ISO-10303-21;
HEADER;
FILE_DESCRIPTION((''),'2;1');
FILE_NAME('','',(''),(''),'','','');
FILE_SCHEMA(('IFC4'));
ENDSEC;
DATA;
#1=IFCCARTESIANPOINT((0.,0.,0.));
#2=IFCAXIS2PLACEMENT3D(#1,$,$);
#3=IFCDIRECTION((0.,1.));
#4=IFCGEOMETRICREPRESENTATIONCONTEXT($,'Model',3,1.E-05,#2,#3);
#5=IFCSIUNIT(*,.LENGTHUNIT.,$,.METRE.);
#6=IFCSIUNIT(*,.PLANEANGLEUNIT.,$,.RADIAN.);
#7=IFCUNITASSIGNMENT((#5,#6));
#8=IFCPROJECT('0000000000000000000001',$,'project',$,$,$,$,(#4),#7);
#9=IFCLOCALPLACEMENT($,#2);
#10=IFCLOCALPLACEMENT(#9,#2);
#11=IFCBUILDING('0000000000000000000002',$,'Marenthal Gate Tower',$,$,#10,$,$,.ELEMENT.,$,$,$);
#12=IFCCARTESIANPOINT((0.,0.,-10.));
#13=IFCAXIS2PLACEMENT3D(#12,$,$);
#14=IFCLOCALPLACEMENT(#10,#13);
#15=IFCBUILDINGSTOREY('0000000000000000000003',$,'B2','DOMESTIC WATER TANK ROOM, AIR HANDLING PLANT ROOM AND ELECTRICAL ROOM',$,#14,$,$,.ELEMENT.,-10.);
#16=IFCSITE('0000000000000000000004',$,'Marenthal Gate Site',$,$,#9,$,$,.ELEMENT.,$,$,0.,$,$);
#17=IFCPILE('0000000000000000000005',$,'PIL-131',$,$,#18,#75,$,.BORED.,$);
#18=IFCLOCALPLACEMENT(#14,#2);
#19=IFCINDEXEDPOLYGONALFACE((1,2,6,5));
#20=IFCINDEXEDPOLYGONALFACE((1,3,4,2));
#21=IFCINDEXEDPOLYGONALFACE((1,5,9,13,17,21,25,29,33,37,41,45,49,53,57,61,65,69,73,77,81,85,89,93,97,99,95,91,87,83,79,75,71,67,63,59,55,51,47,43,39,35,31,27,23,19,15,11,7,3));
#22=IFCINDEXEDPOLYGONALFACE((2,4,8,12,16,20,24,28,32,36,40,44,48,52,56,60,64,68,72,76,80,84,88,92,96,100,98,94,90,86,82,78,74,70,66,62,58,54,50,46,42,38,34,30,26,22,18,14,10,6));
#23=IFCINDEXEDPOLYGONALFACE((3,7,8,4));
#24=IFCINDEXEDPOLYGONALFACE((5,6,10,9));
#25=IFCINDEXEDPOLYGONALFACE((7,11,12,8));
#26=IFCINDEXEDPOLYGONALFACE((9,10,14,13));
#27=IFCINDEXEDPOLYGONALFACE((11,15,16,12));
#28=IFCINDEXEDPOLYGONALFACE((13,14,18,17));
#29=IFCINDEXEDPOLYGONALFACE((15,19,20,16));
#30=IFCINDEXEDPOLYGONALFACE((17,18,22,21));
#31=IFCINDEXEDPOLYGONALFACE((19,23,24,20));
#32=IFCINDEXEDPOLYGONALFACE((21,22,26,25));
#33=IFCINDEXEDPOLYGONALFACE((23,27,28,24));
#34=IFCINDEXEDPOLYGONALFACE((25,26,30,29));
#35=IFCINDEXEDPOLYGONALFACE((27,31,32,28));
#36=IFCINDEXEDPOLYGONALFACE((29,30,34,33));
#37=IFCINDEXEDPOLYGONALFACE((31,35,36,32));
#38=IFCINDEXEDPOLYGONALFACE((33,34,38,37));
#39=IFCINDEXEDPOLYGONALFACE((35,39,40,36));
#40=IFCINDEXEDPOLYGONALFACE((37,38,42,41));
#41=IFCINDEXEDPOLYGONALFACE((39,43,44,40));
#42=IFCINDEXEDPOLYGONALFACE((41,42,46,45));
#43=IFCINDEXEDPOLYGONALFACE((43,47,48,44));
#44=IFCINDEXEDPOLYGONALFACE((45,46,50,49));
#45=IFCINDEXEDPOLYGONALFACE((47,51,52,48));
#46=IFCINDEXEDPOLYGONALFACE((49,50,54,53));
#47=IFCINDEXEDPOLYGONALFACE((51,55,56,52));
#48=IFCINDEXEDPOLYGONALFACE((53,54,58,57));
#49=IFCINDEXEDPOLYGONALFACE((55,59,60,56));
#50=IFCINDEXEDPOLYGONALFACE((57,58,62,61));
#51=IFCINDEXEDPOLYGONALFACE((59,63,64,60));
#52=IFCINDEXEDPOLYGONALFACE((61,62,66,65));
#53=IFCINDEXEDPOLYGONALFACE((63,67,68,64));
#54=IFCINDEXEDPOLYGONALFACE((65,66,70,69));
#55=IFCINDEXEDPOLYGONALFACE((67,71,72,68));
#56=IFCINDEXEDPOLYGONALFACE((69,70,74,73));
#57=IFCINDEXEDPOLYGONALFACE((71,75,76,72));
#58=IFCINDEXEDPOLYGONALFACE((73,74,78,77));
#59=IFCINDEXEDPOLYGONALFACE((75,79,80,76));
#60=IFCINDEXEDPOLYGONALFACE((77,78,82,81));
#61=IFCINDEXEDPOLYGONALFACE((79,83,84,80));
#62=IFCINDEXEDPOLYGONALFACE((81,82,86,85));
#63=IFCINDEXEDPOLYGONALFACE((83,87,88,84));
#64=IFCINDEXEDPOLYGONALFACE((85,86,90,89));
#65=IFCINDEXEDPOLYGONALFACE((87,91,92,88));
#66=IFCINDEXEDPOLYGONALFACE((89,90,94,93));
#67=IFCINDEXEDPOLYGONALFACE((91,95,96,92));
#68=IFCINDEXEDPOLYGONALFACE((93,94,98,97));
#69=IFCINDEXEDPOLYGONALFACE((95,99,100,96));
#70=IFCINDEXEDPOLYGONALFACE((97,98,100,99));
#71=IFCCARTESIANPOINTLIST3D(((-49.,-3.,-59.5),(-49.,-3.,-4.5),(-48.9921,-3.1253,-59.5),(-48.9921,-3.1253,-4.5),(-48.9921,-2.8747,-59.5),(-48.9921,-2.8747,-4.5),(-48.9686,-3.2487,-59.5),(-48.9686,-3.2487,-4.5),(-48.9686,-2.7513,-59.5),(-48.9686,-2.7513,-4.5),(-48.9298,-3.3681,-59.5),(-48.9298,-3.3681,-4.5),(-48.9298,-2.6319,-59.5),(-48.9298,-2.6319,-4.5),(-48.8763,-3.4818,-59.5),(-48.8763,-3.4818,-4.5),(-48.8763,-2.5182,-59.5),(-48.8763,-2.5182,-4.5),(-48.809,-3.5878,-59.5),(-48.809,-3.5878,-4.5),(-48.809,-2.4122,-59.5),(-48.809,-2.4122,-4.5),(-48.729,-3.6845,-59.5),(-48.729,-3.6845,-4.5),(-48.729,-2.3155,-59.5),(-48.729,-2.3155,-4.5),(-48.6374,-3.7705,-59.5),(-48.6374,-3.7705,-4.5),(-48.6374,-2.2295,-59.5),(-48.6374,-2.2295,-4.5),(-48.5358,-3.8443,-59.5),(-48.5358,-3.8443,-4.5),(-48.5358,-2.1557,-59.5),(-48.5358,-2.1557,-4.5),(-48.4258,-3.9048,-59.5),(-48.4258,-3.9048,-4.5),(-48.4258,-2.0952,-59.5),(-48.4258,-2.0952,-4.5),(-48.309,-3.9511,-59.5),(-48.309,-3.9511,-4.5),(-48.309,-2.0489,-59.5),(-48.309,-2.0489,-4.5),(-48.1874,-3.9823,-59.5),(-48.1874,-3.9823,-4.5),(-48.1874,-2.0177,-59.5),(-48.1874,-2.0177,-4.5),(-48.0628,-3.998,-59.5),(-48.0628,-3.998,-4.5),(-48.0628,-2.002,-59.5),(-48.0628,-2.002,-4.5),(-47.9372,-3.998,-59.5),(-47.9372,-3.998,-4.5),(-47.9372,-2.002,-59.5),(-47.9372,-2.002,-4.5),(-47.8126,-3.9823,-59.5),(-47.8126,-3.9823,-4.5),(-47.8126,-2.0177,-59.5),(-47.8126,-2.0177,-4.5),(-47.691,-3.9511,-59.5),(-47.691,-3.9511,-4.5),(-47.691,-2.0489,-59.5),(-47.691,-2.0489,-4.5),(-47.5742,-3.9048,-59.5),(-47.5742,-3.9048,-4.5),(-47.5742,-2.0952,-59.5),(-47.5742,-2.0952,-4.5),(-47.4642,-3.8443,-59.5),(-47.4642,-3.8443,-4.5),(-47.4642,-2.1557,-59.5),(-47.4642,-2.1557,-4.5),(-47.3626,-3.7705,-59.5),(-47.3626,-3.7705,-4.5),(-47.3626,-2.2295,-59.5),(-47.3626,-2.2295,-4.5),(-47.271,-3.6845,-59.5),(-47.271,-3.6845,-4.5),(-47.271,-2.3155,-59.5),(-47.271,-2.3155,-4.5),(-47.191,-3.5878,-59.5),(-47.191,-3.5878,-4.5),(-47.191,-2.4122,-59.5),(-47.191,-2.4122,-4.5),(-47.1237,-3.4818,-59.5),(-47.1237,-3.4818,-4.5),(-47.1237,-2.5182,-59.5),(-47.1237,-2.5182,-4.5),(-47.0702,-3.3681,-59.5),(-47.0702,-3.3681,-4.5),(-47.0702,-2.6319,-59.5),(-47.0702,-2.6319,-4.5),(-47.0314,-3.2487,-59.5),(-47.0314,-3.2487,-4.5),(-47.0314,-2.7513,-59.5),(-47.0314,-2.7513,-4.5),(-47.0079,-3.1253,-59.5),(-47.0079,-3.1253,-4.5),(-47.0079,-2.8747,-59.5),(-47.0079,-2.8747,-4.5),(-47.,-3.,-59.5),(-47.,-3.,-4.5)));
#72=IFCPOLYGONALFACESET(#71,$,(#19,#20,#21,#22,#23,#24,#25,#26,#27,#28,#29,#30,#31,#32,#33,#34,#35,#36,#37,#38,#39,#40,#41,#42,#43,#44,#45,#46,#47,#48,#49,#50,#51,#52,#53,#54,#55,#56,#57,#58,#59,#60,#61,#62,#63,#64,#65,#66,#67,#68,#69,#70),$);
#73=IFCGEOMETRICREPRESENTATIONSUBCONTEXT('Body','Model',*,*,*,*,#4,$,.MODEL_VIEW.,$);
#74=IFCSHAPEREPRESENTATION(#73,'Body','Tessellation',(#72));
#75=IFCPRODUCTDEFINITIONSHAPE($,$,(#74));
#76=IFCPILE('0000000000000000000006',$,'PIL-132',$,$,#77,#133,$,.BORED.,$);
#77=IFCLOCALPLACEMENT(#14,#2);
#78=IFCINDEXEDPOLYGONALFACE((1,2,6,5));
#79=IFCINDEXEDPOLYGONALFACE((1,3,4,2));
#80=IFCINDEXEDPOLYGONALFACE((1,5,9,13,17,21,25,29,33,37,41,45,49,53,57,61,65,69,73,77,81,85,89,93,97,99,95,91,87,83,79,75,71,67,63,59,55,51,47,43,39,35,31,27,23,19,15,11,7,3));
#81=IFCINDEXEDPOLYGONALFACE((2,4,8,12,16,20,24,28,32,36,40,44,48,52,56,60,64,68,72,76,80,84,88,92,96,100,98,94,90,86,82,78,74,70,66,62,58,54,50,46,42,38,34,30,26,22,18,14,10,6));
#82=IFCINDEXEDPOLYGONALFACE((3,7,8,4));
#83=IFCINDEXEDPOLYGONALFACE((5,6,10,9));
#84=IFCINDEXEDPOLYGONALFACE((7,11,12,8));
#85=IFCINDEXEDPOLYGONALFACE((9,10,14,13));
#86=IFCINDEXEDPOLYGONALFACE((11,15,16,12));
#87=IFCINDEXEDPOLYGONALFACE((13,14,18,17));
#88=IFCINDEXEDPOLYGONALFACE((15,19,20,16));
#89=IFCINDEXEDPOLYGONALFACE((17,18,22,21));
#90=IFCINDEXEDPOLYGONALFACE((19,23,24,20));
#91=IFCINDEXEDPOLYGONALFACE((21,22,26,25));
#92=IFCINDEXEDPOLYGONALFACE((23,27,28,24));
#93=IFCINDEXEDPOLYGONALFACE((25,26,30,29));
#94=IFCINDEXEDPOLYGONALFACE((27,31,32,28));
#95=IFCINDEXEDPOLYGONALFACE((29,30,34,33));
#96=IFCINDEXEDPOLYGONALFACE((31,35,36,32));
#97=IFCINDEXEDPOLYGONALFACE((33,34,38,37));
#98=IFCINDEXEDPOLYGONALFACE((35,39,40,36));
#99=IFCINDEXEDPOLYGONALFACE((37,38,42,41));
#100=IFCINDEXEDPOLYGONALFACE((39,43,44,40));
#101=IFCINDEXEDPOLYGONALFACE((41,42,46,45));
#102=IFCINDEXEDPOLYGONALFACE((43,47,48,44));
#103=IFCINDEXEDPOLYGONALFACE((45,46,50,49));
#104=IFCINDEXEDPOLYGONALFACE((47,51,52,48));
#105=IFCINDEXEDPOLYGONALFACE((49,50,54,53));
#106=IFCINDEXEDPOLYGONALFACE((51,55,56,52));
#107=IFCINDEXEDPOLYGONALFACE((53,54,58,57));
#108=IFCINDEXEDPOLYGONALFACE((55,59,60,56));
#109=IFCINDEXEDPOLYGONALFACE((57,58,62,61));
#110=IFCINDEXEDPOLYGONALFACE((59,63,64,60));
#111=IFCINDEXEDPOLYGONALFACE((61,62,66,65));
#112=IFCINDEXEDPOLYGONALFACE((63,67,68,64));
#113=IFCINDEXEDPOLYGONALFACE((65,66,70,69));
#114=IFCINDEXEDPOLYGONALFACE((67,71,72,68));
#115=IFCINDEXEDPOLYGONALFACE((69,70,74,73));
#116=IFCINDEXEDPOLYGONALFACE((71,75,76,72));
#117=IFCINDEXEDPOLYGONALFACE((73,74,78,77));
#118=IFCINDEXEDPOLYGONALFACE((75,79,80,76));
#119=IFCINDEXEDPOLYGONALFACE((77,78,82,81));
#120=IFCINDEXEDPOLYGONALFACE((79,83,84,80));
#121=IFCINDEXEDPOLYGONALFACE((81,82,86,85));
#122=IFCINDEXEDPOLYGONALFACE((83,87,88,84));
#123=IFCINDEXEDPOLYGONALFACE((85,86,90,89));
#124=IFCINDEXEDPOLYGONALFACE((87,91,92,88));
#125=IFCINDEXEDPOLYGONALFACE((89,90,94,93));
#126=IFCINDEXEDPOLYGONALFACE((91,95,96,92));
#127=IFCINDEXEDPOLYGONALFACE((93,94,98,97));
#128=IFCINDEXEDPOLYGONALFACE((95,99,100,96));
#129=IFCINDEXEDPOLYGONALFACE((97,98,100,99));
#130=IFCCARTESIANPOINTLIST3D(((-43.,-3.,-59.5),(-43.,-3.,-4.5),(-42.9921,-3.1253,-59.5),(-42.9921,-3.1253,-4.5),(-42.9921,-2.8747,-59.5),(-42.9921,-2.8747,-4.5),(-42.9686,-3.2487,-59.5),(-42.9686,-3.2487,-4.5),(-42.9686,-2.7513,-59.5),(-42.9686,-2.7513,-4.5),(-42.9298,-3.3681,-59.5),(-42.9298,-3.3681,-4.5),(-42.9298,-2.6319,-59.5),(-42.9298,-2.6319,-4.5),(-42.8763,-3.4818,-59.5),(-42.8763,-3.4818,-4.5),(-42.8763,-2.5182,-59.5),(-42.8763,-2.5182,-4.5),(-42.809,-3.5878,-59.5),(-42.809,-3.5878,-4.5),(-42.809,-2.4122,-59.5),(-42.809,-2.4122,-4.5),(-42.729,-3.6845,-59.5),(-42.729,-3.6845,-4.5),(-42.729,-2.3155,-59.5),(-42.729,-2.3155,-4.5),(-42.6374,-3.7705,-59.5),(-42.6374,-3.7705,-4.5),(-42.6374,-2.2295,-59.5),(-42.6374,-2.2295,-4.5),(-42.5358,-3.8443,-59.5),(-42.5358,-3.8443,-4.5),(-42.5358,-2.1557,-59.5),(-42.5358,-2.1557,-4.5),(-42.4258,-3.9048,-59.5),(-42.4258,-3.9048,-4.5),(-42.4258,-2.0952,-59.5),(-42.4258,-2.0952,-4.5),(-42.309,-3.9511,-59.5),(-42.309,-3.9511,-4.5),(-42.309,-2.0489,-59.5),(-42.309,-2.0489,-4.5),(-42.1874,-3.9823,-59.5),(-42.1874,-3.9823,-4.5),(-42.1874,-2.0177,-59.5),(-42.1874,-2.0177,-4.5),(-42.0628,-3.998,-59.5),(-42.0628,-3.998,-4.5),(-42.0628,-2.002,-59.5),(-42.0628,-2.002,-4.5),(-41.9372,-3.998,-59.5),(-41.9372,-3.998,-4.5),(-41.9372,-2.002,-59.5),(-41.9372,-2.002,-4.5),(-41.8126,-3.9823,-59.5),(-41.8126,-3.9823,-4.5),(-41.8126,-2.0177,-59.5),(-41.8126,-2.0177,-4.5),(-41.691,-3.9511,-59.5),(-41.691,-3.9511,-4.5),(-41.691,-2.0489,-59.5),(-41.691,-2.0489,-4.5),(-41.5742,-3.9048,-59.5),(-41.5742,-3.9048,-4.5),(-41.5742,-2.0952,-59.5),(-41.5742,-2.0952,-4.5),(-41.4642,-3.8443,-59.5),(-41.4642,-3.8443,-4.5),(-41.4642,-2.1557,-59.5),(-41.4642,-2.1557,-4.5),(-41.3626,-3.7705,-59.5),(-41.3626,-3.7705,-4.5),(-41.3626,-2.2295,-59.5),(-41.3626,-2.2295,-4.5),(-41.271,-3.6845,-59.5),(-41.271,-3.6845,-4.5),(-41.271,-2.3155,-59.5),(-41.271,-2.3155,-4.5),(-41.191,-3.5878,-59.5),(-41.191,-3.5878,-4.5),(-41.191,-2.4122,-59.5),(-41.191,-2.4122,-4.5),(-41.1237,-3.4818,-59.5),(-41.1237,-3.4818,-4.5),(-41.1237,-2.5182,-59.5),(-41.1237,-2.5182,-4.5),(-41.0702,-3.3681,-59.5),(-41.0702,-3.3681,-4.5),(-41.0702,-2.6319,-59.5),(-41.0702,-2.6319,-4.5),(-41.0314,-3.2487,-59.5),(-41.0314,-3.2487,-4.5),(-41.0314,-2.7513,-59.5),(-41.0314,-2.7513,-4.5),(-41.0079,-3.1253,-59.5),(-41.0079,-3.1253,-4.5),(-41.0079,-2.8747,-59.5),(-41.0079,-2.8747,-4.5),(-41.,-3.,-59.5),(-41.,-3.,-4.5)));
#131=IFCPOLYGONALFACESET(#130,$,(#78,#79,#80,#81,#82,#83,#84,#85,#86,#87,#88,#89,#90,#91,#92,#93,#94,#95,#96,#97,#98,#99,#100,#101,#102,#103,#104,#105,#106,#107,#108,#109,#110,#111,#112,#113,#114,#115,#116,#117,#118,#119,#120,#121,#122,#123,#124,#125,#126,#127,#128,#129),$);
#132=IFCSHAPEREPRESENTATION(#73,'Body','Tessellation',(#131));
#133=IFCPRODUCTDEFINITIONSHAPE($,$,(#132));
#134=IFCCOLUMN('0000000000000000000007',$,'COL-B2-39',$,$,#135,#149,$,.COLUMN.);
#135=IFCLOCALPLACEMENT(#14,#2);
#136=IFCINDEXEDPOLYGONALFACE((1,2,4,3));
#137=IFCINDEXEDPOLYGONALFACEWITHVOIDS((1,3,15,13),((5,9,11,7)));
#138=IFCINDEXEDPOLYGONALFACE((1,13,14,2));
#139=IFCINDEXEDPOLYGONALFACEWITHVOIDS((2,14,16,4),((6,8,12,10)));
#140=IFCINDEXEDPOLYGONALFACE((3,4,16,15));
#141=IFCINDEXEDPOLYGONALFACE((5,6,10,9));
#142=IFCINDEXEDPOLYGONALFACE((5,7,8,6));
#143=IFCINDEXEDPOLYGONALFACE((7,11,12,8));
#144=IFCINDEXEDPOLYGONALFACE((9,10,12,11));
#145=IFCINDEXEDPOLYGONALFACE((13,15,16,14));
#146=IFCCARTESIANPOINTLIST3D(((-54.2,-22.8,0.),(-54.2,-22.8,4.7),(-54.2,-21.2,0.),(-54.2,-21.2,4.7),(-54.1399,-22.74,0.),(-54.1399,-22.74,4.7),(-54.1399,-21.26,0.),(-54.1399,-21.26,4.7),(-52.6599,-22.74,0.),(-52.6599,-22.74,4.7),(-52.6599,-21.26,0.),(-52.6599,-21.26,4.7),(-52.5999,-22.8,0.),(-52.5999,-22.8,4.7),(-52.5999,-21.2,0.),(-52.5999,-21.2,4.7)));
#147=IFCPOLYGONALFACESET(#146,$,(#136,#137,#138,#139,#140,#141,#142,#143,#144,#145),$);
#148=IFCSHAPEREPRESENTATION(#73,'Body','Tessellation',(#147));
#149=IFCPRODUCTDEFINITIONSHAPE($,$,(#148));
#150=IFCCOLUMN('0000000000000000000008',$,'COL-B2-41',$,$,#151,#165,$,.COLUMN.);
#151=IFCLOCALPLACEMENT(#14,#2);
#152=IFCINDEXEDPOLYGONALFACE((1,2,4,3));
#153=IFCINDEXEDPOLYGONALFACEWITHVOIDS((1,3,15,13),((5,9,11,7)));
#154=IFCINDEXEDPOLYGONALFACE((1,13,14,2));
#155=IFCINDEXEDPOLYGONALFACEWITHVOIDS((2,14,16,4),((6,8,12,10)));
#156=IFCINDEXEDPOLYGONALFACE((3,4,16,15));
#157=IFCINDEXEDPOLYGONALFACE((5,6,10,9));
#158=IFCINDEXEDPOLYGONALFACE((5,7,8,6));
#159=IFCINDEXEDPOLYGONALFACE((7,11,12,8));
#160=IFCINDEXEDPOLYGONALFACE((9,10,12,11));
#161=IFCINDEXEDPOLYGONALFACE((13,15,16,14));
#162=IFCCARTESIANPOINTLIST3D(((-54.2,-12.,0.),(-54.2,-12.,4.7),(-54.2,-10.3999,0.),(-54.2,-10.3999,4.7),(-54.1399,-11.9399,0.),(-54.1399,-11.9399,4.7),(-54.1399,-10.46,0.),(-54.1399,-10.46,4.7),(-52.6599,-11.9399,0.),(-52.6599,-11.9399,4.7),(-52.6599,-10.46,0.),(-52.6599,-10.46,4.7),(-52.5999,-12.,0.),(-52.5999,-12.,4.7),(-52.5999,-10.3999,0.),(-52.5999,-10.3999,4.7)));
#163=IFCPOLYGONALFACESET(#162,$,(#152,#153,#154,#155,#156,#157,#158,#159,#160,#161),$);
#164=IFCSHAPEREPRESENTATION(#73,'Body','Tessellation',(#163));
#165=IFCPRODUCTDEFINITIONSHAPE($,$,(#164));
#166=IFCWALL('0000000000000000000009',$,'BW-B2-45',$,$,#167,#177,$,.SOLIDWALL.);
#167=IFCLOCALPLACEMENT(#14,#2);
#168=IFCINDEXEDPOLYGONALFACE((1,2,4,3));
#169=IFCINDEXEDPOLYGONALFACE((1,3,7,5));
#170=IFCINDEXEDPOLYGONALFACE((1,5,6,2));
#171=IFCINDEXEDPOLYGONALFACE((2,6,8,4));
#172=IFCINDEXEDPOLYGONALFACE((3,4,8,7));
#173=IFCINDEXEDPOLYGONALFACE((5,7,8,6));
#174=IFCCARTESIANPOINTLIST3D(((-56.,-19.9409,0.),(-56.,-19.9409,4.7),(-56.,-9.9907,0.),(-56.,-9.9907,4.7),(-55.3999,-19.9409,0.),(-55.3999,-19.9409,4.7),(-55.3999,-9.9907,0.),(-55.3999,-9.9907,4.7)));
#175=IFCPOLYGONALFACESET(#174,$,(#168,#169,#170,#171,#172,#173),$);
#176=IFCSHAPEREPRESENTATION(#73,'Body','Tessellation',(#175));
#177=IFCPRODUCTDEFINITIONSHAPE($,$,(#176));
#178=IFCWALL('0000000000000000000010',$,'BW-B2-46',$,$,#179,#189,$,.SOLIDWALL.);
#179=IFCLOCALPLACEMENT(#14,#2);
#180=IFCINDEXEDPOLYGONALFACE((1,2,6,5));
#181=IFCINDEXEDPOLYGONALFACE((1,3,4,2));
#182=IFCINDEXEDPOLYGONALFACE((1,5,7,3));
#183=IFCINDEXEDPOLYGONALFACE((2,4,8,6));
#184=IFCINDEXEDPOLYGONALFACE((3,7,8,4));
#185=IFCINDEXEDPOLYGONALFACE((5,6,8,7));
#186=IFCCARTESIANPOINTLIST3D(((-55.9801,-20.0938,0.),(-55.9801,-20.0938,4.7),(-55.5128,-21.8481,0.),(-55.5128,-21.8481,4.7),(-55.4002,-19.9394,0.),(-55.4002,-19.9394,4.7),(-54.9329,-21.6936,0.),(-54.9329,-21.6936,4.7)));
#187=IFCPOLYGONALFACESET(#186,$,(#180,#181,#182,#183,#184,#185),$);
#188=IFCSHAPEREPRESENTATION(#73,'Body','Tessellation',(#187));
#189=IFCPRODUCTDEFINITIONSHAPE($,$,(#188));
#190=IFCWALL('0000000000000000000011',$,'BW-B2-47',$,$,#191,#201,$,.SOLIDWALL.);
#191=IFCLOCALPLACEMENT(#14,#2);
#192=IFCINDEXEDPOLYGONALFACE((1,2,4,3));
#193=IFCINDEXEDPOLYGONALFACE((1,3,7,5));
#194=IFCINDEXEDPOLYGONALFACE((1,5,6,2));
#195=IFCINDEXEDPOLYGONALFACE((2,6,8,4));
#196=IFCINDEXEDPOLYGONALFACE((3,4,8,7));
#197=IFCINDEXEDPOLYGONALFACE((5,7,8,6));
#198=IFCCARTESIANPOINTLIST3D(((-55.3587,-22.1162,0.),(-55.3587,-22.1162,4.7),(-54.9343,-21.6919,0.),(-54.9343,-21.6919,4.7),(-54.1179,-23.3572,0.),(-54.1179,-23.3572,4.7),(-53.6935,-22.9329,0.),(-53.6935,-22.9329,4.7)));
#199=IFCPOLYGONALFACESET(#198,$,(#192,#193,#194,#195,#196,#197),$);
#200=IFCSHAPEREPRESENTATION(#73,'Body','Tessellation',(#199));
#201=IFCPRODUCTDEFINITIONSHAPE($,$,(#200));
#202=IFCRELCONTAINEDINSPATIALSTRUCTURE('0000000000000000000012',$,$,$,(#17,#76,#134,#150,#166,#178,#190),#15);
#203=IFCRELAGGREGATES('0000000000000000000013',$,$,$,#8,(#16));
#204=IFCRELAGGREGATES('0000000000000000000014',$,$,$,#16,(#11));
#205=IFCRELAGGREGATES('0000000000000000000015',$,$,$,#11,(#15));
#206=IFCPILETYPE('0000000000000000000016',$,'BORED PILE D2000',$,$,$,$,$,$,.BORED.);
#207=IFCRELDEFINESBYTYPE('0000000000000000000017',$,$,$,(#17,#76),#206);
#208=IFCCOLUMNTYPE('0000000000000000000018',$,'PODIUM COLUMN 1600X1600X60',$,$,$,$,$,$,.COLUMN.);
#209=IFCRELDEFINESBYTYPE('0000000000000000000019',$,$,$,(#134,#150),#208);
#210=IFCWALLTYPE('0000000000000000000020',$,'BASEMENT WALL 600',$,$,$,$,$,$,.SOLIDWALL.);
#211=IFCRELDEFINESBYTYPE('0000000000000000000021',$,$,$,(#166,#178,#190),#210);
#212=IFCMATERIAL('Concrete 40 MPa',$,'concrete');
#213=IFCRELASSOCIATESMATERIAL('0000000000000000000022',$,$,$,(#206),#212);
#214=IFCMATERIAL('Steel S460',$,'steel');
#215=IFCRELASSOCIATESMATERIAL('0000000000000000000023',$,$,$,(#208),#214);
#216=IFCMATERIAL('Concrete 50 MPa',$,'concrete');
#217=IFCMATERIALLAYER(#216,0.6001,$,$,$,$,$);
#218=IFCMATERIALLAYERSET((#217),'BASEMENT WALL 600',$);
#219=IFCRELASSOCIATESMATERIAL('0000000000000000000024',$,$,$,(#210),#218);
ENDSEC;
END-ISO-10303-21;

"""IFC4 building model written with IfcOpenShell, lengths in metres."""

from ifc_helpers import new_model, si_unit, direction, frame, frame_2d, origin, origin_2d, place, context, subcontext, project, spatial, rectangle, hollow_rectangle, circle, extrude, material, layer, layer_set, material_profile, profile_set, type_object, element, save


model = new_model("IFC4")

# Units and contexts
model_context = context("Model", 3, precision=1e-05, world=origin(), true_north=direction((0.0, 1.0)))
body_context = subcontext(model_context, "Body", "Model", "MODEL_VIEW")
ifc_project = project(units=[si_unit("LENGTHUNIT", "METRE"), si_unit("PLANEANGLEUNIT", "RADIAN")], contexts=[model_context])

# Site, building, storey
site_placement = place(None, origin())
site = spatial("IfcSite", under=ifc_project, at=site_placement, Name="Marenthal Gate Site", CompositionType="ELEMENT", RefElevation=0.0)
building_placement = place(site_placement, origin())
building = spatial("IfcBuilding", under=site, at=building_placement, Name="Marenthal Gate Tower", CompositionType="ELEMENT")
storey_placement = place(building_placement, frame((0.0, 0.0, -10.0)))
storey = spatial("IfcBuildingStorey", under=building, at=storey_placement, Name="B2", Description="DOMESTIC WATER TANK ROOM, AIR HANDLING PLANT ROOM AND ELECTRICAL ROOM", CompositionType="ELEMENT", Elevation=-10.0)

# Piles
ifc_material_1 = material(Name="Concrete 40 MPa", Category="concrete")
pile_type = type_object("IfcPileType", Name="BORED PILE D2000", PredefinedType="BORED", material=ifc_material_1)
for number, where, z_axis, x_axis, name in (
    (1, (-48.0, -3.0, -4.5), (0.0, 0.0, -1.0), (1.0, 0.0, 0.0), "PIL-131"),
    (2, (-42.0, -3.0, -4.5), (0.0, 0.0, -1.0), (1.0, 0.0, 0.0), "PIL-132"),
):
    element("IfcPile", number, at=place(storey_placement, frame(where, z_axis=z_axis, x_axis=x_axis)), inside=storey, type_object=pile_type, Name=name, PredefinedType="BORED", context=body_context, shape_type="SweptSolid", body=[
        extrude(circle(Radius=1.0, at=origin_2d()), origin(), (0.0, 0.0, 1.0), 55.0),
    ])

# Columns
ifc_material_2 = material(Name="Steel S460", Category="steel")
ifc_material_profile_1 = material_profile(ifc_material_2, hollow_rectangle(XDim=1.6001, YDim=1.6001, WallThickness=0.0601, at=origin_2d()), Name="CFT BOX 1600X1600X60")
ifc_material_3 = material(Name="Concrete 70 MPa", Category="concrete")
ifc_material_profile_2 = material_profile(ifc_material_3, rectangle(XDim=1.48, YDim=1.48, at=origin_2d()), Name="CFT BOX 1600X1600X60 INFILL")
ifc_profile_set = profile_set([ifc_material_profile_1, ifc_material_profile_2], Name="Steel S460 shell, Concrete 70 MPa infill")
column_type = type_object("IfcColumnType", Name="PODIUM COLUMN 1600X1600X60", PredefinedType="COLUMN", material=ifc_profile_set)
for number, where, z_axis, x_axis, name in (
    (3, (-53.3999, -22.0, 0.0), (0.0, 0.0, 1.0), (1.0, 0.0, 0.0), "COL-B2-39"),
    (4, (-53.3999, -11.2, 0.0), (0.0, 0.0, 1.0), (1.0, 0.0, 0.0), "COL-B2-41"),
):
    element("IfcColumn", number, at=place(storey_placement, frame(where, z_axis=z_axis, x_axis=x_axis)), inside=storey, type_object=column_type, Name=name, PredefinedType="COLUMN", context=body_context, shape_type="SweptSolid", body=[
        extrude(hollow_rectangle(XDim=1.6001, YDim=1.6001, WallThickness=0.0601, at=origin_2d()), origin(), (0.0, 0.0, 1.0), 4.7),
    ])

# Walls
ifc_material_4 = material(Name="Concrete 50 MPa", Category="concrete")
ifc_layer_1 = layer(ifc_material_4, 0.6001)
ifc_layer_set_1 = layer_set([ifc_layer_1], Name="BASEMENT WALL 600")
wall_type_1 = type_object("IfcWallType", Name="BASEMENT WALL 600", PredefinedType="SOLIDWALL", material=ifc_layer_set_1)
wall_1_placement = place(storey_placement, frame((-55.7, -9.9907, 0.0), z_axis=(0.0, 0.0, 1.0), x_axis=(0.0, -1.0, 0.0)))
element("IfcWall", 5, at=wall_1_placement, inside=storey, type_object=wall_type_1, Name="BW-B2-45", PredefinedType="SOLIDWALL", context=body_context, shape_type="SweptSolid", body=[
    extrude(rectangle(XDim=9.9502, YDim=0.6001, at=frame_2d((4.9751, 0.0))), origin(), (0.0, 0.0, 1.0), 4.7),
])
wall_2_placement = place(storey_placement, frame((-55.6902, -20.0166, 0.0), z_axis=(0.0, 0.0, 1.0), x_axis=(0.257412, -0.966302, 0.0)))
element("IfcWall", 6, at=wall_2_placement, inside=storey, type_object=wall_type_1, Name="BW-B2-46", PredefinedType="SOLIDWALL", context=body_context, shape_type="SweptSolid", body=[
    extrude(rectangle(XDim=1.8154, YDim=0.6001, at=frame_2d((0.9077, 0.0))), origin(), (0.0, 0.0, 1.0), 4.7),
])
wall_3_placement = place(storey_placement, frame((-55.1465, -21.9041, 0.0), z_axis=(0.0, 0.0, 1.0), x_axis=(0.707037, -0.707176, 0.0)))
element("IfcWall", 7, at=wall_3_placement, inside=storey, type_object=wall_type_1, Name="BW-B2-47", PredefinedType="SOLIDWALL", context=body_context, shape_type="SweptSolid", body=[
    extrude(rectangle(XDim=1.7549, YDim=0.6001, at=frame_2d((0.8774, 0.0))), origin(), (0.0, 0.0, 1.0), 4.7),
])

save(model, "model.ifc")
